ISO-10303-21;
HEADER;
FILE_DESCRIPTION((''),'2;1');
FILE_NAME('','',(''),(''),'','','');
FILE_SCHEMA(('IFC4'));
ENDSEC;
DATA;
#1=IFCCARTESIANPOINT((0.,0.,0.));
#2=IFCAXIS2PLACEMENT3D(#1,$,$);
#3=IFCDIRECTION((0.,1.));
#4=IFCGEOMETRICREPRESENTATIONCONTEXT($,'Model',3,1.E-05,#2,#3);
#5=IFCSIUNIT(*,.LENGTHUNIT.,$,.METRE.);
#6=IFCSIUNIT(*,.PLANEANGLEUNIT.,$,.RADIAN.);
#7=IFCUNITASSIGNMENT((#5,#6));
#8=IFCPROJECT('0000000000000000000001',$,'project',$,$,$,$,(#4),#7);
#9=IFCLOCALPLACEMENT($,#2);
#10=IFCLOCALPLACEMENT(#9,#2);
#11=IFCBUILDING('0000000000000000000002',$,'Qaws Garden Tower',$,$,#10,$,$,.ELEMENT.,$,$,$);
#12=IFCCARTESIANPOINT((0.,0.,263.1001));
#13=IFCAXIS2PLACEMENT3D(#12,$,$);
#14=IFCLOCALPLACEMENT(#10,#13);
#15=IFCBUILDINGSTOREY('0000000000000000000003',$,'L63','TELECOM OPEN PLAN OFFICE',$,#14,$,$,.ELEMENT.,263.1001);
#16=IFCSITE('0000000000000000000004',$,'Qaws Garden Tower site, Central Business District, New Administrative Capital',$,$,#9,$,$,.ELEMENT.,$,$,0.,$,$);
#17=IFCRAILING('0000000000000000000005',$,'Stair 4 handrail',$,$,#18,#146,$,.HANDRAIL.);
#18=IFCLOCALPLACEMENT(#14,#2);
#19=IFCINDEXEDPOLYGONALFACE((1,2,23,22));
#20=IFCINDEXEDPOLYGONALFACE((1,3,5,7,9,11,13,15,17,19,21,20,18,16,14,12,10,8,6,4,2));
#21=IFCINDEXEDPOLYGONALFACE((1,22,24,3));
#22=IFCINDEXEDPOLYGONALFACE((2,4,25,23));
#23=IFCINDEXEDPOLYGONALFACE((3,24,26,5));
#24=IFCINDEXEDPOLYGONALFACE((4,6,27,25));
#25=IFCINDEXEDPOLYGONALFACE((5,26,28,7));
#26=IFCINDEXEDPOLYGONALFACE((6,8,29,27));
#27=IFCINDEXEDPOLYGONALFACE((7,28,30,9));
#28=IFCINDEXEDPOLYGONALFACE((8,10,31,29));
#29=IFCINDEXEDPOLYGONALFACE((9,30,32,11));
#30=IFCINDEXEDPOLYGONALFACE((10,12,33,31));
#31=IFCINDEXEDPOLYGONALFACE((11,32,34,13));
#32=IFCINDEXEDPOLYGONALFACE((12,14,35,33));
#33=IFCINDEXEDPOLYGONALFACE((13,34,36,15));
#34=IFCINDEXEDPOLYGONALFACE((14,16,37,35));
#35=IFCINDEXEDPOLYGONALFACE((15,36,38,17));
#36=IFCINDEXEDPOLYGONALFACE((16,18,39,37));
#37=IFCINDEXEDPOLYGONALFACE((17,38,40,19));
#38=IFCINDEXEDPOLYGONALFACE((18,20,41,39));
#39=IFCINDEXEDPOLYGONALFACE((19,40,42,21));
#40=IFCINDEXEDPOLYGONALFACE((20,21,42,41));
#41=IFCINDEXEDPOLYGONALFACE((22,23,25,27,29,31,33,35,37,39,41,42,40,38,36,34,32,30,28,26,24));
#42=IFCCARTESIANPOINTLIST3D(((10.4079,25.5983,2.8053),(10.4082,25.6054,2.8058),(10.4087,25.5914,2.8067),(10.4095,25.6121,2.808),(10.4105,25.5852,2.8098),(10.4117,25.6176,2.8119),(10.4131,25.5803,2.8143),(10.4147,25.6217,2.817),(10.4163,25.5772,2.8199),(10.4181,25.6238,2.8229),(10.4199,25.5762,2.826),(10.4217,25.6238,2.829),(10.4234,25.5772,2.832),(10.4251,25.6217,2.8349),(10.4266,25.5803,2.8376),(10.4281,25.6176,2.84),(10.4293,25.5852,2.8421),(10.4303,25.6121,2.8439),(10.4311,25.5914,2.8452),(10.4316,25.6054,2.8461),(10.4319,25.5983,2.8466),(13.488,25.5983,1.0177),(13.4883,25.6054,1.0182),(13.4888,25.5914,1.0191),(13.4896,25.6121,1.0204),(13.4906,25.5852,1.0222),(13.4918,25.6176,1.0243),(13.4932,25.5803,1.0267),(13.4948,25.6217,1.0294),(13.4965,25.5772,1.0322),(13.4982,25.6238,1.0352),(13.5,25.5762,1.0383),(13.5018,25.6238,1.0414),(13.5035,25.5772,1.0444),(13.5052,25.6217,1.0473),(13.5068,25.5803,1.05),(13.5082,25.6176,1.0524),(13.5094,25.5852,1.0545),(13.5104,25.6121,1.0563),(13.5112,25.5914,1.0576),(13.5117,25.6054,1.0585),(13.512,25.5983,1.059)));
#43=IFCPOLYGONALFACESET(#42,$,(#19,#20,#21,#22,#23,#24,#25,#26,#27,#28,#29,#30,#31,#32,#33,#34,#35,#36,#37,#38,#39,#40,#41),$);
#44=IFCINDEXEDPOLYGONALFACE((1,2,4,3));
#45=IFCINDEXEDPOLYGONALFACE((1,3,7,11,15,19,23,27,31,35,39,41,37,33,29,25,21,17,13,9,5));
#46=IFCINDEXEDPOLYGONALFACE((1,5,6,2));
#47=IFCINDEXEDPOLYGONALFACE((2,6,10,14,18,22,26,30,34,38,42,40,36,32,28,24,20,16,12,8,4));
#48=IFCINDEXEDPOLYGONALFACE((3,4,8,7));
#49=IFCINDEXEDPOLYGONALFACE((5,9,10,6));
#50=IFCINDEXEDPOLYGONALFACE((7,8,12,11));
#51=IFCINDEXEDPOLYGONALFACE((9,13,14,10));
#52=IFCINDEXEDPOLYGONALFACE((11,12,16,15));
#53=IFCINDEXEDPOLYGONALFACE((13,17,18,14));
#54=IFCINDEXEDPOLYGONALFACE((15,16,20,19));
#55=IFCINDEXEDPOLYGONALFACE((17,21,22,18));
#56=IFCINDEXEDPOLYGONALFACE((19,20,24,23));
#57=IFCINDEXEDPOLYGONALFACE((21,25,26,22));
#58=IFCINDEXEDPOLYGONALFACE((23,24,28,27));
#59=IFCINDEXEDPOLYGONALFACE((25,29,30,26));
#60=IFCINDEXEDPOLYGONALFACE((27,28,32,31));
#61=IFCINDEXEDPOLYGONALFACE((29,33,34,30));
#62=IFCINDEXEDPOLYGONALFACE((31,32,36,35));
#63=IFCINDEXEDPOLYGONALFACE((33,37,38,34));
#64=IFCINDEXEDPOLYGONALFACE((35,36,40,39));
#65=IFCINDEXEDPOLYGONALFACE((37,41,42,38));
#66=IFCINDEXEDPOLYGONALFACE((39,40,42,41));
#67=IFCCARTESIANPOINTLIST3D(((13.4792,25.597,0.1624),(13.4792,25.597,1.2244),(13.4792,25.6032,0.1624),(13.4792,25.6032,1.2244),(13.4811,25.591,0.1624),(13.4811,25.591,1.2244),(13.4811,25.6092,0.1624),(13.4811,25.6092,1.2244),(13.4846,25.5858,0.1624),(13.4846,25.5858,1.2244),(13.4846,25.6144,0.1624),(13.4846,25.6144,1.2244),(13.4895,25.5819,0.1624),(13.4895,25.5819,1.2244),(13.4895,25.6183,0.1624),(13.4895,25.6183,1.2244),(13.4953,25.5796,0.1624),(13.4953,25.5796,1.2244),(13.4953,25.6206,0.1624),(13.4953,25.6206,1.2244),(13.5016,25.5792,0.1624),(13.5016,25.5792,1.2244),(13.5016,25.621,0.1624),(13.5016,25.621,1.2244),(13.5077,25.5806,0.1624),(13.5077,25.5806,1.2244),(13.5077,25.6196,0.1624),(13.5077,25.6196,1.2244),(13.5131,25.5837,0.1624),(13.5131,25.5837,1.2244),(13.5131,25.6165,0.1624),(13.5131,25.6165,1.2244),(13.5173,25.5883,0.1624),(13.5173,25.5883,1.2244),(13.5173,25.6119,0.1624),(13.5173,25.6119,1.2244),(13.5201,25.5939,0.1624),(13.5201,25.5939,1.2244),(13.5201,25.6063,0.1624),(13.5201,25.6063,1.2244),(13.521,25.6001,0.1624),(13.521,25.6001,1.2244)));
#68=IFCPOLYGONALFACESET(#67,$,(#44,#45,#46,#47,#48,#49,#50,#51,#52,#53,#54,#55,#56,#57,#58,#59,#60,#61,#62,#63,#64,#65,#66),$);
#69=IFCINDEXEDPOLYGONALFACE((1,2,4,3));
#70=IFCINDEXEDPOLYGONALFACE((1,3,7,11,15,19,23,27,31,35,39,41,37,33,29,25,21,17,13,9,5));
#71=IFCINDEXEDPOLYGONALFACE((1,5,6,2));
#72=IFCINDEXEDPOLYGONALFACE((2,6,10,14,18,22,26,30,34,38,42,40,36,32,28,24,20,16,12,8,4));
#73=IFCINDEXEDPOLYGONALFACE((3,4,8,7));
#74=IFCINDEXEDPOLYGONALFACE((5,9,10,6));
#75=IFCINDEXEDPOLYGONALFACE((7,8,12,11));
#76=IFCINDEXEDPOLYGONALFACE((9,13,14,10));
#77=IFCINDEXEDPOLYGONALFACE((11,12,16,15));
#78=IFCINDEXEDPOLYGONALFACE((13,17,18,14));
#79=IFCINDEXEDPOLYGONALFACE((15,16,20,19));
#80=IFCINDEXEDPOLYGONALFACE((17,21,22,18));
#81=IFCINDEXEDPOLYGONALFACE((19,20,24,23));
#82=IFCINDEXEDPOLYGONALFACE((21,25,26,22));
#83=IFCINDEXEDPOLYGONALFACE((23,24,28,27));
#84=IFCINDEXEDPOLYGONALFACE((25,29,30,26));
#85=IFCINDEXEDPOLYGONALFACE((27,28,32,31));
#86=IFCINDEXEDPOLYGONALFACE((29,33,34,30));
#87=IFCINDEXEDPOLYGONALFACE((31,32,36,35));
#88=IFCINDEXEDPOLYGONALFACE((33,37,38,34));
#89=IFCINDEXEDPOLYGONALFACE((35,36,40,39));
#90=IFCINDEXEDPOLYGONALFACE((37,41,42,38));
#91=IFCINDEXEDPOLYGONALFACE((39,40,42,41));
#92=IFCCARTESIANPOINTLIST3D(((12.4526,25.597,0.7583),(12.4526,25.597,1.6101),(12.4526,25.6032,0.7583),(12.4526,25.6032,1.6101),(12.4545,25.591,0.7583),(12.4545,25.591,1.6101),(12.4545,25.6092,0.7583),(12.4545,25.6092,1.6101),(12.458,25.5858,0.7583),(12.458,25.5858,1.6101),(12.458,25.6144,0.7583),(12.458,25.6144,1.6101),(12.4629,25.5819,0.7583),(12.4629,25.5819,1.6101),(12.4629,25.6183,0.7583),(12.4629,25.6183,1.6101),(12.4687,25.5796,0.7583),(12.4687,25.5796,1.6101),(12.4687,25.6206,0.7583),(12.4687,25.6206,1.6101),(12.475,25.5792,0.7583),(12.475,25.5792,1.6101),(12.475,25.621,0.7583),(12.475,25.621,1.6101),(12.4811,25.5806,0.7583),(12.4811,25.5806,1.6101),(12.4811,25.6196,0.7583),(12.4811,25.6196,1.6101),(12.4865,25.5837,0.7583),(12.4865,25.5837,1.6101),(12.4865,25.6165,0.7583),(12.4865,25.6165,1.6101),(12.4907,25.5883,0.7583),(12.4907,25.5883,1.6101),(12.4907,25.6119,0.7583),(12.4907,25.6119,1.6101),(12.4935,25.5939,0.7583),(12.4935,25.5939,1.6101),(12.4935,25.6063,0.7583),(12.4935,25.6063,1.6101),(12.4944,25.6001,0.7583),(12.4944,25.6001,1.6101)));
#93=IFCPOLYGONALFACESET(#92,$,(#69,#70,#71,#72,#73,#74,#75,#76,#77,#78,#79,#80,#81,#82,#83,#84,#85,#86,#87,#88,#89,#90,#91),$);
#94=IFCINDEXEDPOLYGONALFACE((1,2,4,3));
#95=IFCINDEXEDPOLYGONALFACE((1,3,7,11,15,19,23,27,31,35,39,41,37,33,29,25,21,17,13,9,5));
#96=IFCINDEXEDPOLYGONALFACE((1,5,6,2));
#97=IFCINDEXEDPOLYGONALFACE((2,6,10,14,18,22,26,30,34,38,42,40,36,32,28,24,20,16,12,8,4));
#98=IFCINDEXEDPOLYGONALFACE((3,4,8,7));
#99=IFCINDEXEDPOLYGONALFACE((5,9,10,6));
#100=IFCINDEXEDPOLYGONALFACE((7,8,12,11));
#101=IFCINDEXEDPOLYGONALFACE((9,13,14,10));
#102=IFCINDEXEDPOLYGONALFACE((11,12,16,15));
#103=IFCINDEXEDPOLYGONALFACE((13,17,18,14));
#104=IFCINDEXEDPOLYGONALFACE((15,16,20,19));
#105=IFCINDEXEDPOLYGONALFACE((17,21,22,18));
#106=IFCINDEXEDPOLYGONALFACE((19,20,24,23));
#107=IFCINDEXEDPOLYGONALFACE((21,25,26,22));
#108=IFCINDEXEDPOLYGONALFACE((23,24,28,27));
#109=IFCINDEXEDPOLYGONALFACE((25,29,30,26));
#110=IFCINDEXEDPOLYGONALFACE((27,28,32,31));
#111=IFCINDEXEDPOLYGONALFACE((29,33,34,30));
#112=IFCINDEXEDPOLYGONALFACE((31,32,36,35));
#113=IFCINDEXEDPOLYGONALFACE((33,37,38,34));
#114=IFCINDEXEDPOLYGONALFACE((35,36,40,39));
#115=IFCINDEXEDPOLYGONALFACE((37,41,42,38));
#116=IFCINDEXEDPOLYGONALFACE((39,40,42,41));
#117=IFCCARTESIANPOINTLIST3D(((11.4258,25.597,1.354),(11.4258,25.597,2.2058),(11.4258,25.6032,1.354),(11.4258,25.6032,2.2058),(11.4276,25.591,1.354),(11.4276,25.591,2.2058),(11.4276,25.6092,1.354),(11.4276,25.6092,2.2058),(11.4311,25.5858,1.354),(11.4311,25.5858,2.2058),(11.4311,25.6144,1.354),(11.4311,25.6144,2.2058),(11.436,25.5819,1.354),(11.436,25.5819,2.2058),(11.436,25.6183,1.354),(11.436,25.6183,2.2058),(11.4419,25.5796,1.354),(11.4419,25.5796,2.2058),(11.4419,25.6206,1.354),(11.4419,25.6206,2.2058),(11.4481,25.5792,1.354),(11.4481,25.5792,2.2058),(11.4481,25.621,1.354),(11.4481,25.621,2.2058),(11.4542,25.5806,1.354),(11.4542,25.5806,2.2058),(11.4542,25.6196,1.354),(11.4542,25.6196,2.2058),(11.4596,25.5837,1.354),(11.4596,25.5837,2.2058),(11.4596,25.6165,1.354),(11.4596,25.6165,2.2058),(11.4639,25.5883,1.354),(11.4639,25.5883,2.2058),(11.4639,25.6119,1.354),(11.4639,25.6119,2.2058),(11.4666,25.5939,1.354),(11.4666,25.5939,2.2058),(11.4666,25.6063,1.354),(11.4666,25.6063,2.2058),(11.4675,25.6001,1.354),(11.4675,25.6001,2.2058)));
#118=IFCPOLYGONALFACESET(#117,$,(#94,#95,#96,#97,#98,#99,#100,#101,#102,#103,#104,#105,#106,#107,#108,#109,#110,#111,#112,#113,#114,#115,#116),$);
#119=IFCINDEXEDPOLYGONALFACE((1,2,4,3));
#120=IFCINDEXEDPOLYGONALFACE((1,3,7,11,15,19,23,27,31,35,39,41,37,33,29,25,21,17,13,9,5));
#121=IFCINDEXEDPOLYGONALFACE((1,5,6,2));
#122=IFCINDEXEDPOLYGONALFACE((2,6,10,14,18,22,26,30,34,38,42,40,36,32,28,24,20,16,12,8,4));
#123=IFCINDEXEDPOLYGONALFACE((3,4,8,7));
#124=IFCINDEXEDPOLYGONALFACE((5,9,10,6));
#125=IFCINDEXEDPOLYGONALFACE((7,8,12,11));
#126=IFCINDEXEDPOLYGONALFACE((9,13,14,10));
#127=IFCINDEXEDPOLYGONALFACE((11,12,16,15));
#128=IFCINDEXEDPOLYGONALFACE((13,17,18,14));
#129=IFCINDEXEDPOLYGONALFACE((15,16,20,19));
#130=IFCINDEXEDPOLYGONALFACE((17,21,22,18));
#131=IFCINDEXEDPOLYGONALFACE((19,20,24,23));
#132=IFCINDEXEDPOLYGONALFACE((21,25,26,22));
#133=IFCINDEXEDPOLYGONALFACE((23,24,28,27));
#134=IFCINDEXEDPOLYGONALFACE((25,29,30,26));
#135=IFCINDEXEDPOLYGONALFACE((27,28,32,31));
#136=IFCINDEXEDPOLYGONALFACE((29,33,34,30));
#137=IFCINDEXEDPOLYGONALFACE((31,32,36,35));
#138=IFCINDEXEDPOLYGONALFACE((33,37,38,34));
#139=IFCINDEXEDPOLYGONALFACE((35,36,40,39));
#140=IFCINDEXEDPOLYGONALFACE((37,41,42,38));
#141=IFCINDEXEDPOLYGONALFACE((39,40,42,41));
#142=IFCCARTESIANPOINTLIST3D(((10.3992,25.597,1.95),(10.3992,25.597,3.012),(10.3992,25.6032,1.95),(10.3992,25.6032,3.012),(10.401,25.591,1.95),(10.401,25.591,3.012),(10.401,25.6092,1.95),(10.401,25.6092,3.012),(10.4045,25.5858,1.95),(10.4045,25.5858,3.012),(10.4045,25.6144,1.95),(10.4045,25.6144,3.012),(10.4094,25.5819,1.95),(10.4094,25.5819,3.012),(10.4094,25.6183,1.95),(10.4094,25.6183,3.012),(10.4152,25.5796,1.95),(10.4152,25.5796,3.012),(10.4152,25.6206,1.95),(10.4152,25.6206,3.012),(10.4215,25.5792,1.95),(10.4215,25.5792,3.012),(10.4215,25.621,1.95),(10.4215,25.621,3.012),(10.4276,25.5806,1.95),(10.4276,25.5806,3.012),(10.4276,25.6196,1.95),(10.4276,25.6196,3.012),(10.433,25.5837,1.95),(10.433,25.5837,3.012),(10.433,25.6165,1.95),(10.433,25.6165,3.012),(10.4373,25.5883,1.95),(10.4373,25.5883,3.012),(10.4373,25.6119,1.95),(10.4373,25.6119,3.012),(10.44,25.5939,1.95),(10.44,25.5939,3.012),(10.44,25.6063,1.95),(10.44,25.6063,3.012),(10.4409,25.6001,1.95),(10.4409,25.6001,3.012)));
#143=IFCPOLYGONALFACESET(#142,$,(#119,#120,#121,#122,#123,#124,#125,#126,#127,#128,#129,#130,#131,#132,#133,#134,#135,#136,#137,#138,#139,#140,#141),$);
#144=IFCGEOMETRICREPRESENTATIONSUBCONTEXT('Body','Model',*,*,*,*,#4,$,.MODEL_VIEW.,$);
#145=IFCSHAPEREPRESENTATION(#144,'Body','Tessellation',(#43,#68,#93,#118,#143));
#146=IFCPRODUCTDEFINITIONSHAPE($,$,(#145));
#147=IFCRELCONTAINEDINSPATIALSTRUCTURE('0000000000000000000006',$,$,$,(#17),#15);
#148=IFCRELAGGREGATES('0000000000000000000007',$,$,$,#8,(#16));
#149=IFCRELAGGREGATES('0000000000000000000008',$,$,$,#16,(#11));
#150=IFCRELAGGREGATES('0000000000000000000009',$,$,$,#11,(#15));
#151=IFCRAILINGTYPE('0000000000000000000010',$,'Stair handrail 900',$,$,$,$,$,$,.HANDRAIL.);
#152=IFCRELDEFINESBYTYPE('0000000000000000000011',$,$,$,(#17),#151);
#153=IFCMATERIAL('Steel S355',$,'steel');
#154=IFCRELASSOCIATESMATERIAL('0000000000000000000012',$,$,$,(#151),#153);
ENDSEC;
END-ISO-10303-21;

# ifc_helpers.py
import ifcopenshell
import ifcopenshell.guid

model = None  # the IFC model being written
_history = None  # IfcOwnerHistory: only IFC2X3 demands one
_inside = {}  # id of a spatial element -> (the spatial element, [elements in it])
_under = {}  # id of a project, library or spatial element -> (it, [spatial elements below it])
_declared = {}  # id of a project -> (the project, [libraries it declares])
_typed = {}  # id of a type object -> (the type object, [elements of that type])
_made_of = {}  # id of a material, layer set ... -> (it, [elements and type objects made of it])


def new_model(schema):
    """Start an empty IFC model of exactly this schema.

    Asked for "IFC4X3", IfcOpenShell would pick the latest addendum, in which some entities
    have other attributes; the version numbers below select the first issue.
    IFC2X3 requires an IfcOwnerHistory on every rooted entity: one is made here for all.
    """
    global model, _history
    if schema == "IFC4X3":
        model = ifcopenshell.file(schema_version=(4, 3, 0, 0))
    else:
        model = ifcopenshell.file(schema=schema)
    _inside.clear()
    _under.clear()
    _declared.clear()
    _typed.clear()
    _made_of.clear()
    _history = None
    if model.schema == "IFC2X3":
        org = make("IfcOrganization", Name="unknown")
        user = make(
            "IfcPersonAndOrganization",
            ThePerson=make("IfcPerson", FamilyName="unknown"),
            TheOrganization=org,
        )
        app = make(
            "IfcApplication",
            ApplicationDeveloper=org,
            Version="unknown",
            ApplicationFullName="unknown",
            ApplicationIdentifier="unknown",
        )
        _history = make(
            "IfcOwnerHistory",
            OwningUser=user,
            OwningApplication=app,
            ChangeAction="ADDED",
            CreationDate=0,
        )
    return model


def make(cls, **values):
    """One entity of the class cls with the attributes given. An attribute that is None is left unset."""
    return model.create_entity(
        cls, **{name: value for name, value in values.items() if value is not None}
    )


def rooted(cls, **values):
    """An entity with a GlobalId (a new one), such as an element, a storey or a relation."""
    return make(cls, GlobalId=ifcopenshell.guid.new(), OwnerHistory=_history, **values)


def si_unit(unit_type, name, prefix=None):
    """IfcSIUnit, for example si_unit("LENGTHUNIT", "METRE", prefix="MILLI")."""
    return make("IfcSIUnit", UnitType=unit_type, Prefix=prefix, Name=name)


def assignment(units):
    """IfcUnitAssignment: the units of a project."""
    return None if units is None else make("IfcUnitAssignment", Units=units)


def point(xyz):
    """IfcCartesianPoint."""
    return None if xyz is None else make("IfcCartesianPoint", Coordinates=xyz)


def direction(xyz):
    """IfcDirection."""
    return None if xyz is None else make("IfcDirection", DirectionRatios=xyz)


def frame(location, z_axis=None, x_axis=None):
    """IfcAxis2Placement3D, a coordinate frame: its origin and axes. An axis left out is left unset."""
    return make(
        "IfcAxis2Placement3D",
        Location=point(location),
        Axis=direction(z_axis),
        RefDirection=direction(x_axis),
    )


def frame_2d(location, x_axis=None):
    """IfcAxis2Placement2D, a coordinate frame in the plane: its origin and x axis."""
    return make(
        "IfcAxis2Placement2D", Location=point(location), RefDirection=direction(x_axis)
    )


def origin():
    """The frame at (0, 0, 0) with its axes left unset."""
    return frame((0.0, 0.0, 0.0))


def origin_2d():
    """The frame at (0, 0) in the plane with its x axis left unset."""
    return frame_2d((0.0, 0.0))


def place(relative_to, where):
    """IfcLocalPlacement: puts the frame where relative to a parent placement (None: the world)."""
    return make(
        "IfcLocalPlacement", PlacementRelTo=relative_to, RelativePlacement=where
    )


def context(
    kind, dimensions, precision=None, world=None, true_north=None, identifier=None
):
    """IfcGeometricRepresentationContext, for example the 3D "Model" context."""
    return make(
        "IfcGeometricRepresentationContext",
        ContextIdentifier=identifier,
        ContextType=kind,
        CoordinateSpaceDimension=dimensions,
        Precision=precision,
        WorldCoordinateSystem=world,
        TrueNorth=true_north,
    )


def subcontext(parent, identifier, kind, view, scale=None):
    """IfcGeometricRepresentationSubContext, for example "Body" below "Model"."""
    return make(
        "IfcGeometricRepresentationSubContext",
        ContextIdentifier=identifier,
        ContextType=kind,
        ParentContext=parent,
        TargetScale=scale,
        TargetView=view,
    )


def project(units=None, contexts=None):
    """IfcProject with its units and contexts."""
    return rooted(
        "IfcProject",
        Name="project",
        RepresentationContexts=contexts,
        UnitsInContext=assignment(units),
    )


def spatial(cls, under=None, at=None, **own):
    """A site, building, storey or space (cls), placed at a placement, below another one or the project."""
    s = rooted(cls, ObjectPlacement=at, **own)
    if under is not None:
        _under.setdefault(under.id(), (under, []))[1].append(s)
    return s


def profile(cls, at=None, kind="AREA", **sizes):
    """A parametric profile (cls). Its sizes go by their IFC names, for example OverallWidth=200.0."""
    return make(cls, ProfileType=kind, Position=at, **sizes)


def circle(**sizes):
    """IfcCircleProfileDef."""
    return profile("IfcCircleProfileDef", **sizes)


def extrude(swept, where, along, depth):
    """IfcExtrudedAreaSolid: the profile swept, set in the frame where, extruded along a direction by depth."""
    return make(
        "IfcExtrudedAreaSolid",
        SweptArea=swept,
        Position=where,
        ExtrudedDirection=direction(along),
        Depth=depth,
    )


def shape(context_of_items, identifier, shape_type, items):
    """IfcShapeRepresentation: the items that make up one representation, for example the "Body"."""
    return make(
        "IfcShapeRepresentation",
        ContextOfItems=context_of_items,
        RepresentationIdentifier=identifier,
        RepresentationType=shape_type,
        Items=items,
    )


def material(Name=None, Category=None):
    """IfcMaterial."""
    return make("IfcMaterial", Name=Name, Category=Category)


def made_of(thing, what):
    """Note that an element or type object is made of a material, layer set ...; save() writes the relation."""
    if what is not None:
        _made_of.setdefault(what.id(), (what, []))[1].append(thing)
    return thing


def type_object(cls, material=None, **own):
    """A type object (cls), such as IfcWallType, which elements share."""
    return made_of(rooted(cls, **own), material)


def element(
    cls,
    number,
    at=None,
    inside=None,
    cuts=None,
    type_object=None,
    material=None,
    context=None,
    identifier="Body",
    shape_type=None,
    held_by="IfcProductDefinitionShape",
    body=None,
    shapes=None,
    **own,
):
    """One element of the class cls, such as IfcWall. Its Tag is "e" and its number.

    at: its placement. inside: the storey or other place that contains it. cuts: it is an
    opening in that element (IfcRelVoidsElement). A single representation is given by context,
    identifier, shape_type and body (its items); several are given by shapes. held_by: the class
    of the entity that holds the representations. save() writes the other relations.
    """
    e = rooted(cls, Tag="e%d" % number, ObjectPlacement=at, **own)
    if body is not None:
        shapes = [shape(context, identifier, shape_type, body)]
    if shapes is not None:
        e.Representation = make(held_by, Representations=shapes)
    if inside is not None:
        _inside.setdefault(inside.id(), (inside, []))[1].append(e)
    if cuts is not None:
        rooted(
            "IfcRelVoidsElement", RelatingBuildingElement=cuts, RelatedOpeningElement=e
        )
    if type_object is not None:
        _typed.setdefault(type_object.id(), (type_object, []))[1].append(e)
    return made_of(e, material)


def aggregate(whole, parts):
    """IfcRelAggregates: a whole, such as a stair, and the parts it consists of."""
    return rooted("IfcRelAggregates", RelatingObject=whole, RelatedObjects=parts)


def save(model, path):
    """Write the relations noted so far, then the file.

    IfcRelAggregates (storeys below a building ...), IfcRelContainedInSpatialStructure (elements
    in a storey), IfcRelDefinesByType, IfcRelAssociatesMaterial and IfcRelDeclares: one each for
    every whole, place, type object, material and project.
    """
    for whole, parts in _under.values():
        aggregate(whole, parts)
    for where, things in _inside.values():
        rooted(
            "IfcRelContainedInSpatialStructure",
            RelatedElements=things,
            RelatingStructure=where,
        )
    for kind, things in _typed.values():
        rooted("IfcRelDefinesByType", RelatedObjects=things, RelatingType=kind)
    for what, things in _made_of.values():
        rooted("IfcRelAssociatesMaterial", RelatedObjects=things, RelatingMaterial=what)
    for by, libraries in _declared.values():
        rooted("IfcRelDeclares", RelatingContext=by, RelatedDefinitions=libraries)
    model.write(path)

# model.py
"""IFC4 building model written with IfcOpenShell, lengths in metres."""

from ifc_helpers import new_model, si_unit, direction, frame, origin, origin_2d, place, context, subcontext, project, spatial, circle, extrude, material, type_object, element, save


model = new_model("IFC4")

# Units and contexts
model_context = context("Model", 3, precision=1e-05, world=origin(), true_north=direction((0.0, 1.0)))
body_context = subcontext(model_context, "Body", "Model", "MODEL_VIEW")
ifc_project = project(units=[si_unit("LENGTHUNIT", "METRE"), si_unit("PLANEANGLEUNIT", "RADIAN")], contexts=[model_context])

# Site, building, storey
site_placement = place(None, origin())
site = spatial("IfcSite", under=ifc_project, at=site_placement, Name="Qaws Garden Tower site, Central Business District, New Administrative Capital", CompositionType="ELEMENT", RefElevation=0.0)
building_placement = place(site_placement, origin())
building = spatial("IfcBuilding", under=site, at=building_placement, Name="Qaws Garden Tower", CompositionType="ELEMENT")
storey_placement = place(building_placement, frame((0.0, 0.0, 263.1001)))
storey = spatial("IfcBuildingStorey", under=building, at=storey_placement, Name="L63", Description="TELECOM OPEN PLAN OFFICE", CompositionType="ELEMENT", Elevation=263.1001)

# Railing
ifc_material_1 = material(Name="Steel S355", Category="steel")
railing_type = type_object("IfcRailingType", Name="Stair handrail 900", PredefinedType="HANDRAIL", material=ifc_material_1)
railing_1_placement = place(storey_placement, frame((13.5, 25.6001, 0.1624)))
element("IfcRailing", 1, at=railing_1_placement, inside=storey, type_object=railing_type, Name="Stair 4 handrail", PredefinedType="HANDRAIL", context=body_context, shape_type="SweptSolid", body=[
    extrude(circle(Radius=0.0239, at=origin_2d()), frame((0.0, 0.0, 0.876), z_axis=(-0.864891, 0.0, 0.50196), x_axis=(0.0, -1.0, 0.0)), (0.0, 0.0, 1.0), 3.5613),
    extrude(circle(Radius=0.021, at=origin_2d()), origin(), (0.0, 0.0, 1.0), 1.062),
    extrude(circle(Radius=0.021, at=origin_2d()), frame((-1.0266, 0.0, 0.5959)), (0.0, 0.0, 1.0), 0.8518),
    extrude(circle(Radius=0.021, at=origin_2d()), frame((-2.0535, 0.0, 1.1917)), (0.0, 0.0, 1.0), 0.8518),
    extrude(circle(Radius=0.021, at=origin_2d()), frame((-3.0801, 0.0, 1.7876)), (0.0, 0.0, 1.0), 1.062),
])

save(model, "model.ifc")
